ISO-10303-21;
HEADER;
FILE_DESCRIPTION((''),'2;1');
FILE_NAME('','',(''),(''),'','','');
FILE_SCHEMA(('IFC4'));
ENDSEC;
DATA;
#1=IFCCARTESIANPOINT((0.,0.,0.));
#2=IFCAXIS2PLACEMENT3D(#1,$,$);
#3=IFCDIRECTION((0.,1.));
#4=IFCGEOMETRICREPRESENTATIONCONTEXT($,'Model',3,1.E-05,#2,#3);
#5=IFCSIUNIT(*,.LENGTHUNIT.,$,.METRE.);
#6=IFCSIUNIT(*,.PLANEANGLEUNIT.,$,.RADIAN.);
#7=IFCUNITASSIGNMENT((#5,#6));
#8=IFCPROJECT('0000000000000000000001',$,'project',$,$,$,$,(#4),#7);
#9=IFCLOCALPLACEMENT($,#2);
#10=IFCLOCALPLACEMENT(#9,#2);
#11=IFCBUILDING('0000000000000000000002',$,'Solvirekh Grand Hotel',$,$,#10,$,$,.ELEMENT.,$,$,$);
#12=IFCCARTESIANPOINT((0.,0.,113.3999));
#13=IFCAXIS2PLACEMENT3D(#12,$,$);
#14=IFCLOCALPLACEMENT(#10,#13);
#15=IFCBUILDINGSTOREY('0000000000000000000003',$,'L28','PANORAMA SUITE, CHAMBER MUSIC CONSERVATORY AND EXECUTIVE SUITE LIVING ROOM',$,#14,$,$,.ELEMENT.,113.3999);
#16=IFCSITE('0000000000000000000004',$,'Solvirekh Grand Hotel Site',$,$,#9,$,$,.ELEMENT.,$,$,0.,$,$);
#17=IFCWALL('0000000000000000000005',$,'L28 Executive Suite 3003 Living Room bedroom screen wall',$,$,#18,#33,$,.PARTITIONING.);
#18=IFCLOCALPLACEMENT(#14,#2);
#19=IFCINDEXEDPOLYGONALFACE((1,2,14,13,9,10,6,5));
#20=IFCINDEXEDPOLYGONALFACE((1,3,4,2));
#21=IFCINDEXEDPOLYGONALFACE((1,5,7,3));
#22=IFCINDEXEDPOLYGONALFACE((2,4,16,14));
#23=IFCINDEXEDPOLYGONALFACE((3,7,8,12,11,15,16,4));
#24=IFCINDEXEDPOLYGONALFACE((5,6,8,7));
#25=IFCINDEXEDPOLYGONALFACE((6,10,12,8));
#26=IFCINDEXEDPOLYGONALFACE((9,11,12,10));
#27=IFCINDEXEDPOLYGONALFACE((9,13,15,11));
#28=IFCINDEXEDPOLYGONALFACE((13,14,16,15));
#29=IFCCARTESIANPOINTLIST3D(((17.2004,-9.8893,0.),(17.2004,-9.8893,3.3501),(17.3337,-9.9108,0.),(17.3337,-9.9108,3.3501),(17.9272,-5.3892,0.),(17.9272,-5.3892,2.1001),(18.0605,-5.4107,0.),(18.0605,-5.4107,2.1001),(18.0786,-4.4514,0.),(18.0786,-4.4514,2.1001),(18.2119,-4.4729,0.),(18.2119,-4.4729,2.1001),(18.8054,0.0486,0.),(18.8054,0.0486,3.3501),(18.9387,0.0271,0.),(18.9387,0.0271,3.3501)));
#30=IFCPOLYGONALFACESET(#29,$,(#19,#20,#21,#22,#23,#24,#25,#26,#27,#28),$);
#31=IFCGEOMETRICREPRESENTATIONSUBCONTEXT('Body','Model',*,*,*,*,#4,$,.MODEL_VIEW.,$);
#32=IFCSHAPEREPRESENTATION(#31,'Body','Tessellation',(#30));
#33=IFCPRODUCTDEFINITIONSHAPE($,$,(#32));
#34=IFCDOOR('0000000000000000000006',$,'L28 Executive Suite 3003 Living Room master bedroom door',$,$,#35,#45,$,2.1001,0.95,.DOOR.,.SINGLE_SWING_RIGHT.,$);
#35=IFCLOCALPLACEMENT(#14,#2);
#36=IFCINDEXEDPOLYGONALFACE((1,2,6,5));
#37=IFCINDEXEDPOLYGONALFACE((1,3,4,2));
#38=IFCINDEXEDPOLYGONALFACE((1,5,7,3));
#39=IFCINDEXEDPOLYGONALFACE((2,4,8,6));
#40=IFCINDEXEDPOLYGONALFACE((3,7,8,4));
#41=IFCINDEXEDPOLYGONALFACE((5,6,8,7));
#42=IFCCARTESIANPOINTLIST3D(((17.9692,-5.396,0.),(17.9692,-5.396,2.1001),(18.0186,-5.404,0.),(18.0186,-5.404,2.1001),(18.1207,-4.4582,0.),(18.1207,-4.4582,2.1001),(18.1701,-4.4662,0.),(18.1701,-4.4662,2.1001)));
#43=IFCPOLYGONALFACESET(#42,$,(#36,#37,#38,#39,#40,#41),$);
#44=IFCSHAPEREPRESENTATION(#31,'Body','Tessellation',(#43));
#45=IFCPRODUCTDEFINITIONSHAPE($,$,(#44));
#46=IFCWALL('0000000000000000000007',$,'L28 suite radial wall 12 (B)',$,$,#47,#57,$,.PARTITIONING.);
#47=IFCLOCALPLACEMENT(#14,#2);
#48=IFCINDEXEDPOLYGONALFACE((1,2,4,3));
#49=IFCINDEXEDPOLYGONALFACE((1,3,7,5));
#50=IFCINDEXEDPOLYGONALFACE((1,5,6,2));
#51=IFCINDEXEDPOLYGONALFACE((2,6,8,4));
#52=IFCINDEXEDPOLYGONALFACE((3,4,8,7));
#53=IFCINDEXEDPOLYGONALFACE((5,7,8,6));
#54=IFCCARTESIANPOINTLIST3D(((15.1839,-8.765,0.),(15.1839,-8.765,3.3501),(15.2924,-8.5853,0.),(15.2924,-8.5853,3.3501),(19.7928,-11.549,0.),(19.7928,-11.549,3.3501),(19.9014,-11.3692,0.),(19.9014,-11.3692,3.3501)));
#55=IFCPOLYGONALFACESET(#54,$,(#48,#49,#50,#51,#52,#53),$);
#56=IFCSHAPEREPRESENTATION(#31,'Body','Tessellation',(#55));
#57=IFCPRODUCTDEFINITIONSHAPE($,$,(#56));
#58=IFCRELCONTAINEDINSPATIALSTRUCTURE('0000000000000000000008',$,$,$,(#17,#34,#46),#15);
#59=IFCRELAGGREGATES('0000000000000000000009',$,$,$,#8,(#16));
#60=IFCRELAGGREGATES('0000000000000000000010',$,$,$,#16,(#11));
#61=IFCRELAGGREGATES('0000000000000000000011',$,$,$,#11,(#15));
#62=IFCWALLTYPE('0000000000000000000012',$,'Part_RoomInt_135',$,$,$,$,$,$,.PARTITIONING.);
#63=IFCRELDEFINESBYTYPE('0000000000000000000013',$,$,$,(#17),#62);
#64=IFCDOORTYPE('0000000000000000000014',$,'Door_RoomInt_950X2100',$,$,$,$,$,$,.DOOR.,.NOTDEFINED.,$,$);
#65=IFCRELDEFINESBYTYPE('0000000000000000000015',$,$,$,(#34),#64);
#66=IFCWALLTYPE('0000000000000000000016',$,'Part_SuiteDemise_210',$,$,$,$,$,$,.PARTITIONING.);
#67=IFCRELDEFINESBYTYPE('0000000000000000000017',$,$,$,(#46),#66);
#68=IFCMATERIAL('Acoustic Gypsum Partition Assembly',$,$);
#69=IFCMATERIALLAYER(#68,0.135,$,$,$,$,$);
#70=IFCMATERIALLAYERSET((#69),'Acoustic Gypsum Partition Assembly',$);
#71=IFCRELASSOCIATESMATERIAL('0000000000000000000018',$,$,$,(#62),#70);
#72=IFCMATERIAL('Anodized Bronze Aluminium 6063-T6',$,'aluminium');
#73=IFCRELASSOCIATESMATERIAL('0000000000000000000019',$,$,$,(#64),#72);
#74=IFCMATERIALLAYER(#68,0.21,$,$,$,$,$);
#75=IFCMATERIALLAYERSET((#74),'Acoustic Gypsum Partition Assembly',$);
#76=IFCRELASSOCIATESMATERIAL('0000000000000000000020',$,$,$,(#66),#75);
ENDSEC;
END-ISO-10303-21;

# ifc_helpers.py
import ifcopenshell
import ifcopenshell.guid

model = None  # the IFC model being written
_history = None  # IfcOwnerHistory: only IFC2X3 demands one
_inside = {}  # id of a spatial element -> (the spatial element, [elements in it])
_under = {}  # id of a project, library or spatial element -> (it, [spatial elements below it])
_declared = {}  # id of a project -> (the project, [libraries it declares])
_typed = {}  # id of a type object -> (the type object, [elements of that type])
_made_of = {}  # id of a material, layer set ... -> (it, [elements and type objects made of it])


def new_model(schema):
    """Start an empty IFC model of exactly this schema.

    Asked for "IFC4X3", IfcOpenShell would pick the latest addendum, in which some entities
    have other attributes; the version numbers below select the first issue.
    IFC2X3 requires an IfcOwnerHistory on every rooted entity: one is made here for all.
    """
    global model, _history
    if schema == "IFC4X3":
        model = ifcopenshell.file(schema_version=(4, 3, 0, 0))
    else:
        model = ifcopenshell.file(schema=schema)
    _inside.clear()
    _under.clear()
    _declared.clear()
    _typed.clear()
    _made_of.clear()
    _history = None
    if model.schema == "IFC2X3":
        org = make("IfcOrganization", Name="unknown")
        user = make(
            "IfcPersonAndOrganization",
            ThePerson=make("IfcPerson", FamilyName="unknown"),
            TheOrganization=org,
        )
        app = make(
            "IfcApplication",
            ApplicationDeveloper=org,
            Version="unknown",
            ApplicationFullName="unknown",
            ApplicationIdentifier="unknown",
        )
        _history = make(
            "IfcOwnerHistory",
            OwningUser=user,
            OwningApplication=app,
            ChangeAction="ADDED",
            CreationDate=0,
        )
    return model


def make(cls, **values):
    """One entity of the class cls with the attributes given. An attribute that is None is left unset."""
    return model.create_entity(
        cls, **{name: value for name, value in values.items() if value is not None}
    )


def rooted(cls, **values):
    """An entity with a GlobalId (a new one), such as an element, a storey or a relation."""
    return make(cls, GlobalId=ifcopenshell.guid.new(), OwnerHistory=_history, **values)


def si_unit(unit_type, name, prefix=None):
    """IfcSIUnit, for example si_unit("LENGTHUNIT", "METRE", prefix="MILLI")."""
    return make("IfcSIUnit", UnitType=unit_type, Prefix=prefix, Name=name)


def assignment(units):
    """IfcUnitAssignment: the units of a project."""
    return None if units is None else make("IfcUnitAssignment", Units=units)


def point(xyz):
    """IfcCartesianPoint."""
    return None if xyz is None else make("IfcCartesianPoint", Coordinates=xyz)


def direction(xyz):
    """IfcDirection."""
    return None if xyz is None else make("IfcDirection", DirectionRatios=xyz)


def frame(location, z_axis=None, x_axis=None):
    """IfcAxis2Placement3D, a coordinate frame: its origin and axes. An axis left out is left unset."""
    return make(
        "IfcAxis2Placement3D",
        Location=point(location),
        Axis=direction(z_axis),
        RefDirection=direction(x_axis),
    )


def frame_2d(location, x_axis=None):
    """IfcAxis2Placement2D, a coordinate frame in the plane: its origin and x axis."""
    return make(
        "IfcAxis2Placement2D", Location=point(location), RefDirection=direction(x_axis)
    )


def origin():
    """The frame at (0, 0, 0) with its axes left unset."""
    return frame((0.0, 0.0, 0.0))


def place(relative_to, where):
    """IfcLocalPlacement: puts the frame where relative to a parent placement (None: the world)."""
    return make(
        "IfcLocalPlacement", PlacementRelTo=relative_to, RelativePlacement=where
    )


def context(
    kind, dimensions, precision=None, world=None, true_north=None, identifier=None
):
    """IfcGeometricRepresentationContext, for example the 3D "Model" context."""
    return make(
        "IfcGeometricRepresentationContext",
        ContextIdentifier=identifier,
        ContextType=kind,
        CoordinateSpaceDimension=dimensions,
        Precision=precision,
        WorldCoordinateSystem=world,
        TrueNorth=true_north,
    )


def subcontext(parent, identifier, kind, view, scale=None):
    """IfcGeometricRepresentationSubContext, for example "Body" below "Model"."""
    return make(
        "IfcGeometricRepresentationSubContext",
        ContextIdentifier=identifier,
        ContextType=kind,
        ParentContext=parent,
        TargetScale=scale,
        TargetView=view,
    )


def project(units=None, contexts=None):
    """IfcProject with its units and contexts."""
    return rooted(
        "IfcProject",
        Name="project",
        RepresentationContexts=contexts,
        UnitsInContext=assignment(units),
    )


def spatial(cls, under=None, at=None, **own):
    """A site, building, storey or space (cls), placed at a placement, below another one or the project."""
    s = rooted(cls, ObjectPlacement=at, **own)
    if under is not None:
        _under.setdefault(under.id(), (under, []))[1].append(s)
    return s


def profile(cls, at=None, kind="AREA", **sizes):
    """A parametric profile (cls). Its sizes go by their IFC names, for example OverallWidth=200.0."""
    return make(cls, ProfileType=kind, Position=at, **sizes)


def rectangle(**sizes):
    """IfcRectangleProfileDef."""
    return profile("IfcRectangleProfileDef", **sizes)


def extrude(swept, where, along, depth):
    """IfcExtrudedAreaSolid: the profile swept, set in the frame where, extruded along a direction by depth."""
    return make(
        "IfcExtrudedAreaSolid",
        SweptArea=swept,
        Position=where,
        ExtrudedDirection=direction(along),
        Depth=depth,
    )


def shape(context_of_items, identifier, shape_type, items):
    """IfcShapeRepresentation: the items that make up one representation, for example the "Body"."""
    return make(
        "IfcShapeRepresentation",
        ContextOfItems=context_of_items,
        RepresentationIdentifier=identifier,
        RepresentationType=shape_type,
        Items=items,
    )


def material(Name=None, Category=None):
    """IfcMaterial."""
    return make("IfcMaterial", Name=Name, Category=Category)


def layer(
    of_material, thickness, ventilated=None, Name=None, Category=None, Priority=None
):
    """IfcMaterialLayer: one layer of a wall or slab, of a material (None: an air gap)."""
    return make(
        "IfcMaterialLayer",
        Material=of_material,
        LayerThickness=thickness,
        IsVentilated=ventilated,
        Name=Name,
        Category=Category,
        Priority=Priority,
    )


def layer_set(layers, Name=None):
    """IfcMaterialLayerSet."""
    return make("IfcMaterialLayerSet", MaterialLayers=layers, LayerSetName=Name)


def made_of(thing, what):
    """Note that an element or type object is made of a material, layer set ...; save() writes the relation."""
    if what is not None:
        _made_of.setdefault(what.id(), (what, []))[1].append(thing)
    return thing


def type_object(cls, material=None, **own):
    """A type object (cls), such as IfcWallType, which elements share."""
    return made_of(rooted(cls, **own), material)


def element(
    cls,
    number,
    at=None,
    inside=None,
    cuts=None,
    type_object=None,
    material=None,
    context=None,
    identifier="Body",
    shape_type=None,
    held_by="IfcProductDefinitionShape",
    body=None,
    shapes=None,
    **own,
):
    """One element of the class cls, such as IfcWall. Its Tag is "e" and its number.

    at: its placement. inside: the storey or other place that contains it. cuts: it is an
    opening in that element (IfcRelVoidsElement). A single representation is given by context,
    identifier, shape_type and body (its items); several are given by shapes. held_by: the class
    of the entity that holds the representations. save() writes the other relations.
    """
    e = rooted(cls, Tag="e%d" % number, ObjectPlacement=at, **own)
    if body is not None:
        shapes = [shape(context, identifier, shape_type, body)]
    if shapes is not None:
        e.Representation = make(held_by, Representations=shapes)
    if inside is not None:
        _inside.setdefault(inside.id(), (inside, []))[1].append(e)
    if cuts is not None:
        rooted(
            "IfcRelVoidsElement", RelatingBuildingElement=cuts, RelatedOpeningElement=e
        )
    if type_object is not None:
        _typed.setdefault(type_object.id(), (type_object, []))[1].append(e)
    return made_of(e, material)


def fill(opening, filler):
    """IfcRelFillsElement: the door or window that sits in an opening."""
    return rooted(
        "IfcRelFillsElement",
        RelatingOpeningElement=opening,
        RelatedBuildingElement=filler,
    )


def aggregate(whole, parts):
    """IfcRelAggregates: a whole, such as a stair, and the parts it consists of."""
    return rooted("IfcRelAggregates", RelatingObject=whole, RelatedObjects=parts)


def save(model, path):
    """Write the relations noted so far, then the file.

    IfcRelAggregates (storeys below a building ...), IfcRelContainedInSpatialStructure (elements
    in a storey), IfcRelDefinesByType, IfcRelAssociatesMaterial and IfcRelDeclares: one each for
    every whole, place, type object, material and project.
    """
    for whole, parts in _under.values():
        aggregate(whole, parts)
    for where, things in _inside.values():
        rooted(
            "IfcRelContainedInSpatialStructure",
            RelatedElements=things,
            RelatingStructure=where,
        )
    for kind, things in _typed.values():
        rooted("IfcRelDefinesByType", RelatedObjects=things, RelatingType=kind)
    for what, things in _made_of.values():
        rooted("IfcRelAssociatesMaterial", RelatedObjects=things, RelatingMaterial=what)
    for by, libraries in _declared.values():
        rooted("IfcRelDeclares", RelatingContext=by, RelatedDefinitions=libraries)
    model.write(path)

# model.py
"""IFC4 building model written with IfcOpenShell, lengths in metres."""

from ifc_helpers import new_model, si_unit, direction, frame, frame_2d, origin, place, context, subcontext, project, spatial, rectangle, extrude, material, layer, layer_set, type_object, element, fill, save


model = new_model("IFC4")

# Units and contexts
model_context = context("Model", 3, precision=1e-05, world=origin(), true_north=direction((0.0, 1.0)))
body_context = subcontext(model_context, "Body", "Model", "MODEL_VIEW")
ifc_project = project(units=[si_unit("LENGTHUNIT", "METRE"), si_unit("PLANEANGLEUNIT", "RADIAN")], contexts=[model_context])

# Site, building, storey
site_placement = place(None, origin())
site = spatial("IfcSite", under=ifc_project, at=site_placement, Name="Solvirekh Grand Hotel Site", CompositionType="ELEMENT", RefElevation=0.0)
building_placement = place(site_placement, origin())
building = spatial("IfcBuilding", under=site, at=building_placement, Name="Solvirekh Grand Hotel", CompositionType="ELEMENT")
storey_placement = place(building_placement, frame((0.0, 0.0, 113.3999)))
storey = spatial("IfcBuildingStorey", under=building, at=storey_placement, Name="L28", Description="PANORAMA SUITE, CHAMBER MUSIC CONSERVATORY AND EXECUTIVE SUITE LIVING ROOM", CompositionType="ELEMENT", Elevation=113.3999)

# Shared definitions
ifc_material_1 = material(Name="Anodized Bronze Aluminium 6063-T6", Category="aluminium")

# Shared definitions
ifc_material_2 = material(Name="Acoustic Gypsum Partition Assembly")

# Wall, opening, door
ifc_layer_1 = layer(ifc_material_2, 0.135)
ifc_layer_set_1 = layer_set([ifc_layer_1], Name="Acoustic Gypsum Partition Assembly")
wall_type_1 = type_object("IfcWallType", Name="Part_RoomInt_135", PredefinedType="PARTITIONING", material=ifc_layer_set_1)
wall_1_placement = place(storey_placement, frame((17.2671, -9.8999, 0.0), z_axis=(0.0, 0.0, 1.0), x_axis=(0.159434, 0.987209, 0.0)))
wall_1 = element("IfcWall", 1, at=wall_1_placement, inside=storey, type_object=wall_type_1, Name="L28 Executive Suite 3003 Living Room bedroom screen wall", PredefinedType="PARTITIONING", context=body_context, shape_type="SweptSolid", body=[
    extrude(rectangle(XDim=10.0667, YDim=0.135, at=frame_2d((5.0332, 0.0))), origin(), (0.0, 0.0, 1.0), 3.3501),
])
opening_1_placement = place(wall_1_placement, frame((4.5581, 0.0, 0.0)))
opening_1 = element("IfcOpeningElement", 2, at=opening_1_placement, cuts=wall_1, PredefinedType="OPENING", context=body_context, shape_type="SweptSolid", body=[
    extrude(rectangle(XDim=0.95, YDim=2.1001, at=frame_2d((0.4751, 1.05))), frame((0.0, 0.0776, 0.0), z_axis=(0.0, -1.0, 0.0), x_axis=(1.0, 0.0, 0.0)), (0.0, 0.0, 1.0), 0.155),
])
door_type = type_object("IfcDoorType", Name="Door_RoomInt_950X2100", OperationType="NOTDEFINED", PredefinedType="DOOR", material=ifc_material_1)
door_placement = place(opening_1_placement, origin())
door = element("IfcDoor", 3, at=door_placement, inside=storey, type_object=door_type, Name="L28 Executive Suite 3003 Living Room master bedroom door", OperationType="SINGLE_SWING_RIGHT", OverallHeight=2.1001, OverallWidth=0.95, PredefinedType="DOOR", context=body_context, shape_type="SweptSolid", body=[
    extrude(rectangle(XDim=0.95, YDim=2.1001, at=frame_2d((0.4751, 1.05))), frame((0.0, 0.0249, 0.0), z_axis=(0.0, -1.0, 0.0), x_axis=(1.0, 0.0, 0.0)), (0.0, 0.0, 1.0), 0.05),
])
fill(opening_1, door)

# Wall
ifc_layer_2 = layer(ifc_material_2, 0.21)
ifc_layer_set_2 = layer_set([ifc_layer_2], Name="Acoustic Gypsum Partition Assembly")
wall_type_2 = type_object("IfcWallType", Name="Part_SuiteDemise_210", PredefinedType="PARTITIONING", material=ifc_layer_set_2)
wall_2_placement = place(storey_placement, frame((15.238, -8.675, 0.0), z_axis=(0.0, 0.0, 1.0), x_axis=(0.855965, -0.517034, 0.0)))
element("IfcWall", 4, at=wall_2_placement, inside=storey, type_object=wall_type_2, Name="L28 suite radial wall 12 (B)", PredefinedType="PARTITIONING", context=body_context, shape_type="SweptSolid", body=[
    extrude(rectangle(XDim=5.3845, YDim=0.21, at=frame_2d((2.6924, 0.0))), origin(), (0.0, 0.0, 1.0), 3.3501),
])

save(model, "model.ifc")
